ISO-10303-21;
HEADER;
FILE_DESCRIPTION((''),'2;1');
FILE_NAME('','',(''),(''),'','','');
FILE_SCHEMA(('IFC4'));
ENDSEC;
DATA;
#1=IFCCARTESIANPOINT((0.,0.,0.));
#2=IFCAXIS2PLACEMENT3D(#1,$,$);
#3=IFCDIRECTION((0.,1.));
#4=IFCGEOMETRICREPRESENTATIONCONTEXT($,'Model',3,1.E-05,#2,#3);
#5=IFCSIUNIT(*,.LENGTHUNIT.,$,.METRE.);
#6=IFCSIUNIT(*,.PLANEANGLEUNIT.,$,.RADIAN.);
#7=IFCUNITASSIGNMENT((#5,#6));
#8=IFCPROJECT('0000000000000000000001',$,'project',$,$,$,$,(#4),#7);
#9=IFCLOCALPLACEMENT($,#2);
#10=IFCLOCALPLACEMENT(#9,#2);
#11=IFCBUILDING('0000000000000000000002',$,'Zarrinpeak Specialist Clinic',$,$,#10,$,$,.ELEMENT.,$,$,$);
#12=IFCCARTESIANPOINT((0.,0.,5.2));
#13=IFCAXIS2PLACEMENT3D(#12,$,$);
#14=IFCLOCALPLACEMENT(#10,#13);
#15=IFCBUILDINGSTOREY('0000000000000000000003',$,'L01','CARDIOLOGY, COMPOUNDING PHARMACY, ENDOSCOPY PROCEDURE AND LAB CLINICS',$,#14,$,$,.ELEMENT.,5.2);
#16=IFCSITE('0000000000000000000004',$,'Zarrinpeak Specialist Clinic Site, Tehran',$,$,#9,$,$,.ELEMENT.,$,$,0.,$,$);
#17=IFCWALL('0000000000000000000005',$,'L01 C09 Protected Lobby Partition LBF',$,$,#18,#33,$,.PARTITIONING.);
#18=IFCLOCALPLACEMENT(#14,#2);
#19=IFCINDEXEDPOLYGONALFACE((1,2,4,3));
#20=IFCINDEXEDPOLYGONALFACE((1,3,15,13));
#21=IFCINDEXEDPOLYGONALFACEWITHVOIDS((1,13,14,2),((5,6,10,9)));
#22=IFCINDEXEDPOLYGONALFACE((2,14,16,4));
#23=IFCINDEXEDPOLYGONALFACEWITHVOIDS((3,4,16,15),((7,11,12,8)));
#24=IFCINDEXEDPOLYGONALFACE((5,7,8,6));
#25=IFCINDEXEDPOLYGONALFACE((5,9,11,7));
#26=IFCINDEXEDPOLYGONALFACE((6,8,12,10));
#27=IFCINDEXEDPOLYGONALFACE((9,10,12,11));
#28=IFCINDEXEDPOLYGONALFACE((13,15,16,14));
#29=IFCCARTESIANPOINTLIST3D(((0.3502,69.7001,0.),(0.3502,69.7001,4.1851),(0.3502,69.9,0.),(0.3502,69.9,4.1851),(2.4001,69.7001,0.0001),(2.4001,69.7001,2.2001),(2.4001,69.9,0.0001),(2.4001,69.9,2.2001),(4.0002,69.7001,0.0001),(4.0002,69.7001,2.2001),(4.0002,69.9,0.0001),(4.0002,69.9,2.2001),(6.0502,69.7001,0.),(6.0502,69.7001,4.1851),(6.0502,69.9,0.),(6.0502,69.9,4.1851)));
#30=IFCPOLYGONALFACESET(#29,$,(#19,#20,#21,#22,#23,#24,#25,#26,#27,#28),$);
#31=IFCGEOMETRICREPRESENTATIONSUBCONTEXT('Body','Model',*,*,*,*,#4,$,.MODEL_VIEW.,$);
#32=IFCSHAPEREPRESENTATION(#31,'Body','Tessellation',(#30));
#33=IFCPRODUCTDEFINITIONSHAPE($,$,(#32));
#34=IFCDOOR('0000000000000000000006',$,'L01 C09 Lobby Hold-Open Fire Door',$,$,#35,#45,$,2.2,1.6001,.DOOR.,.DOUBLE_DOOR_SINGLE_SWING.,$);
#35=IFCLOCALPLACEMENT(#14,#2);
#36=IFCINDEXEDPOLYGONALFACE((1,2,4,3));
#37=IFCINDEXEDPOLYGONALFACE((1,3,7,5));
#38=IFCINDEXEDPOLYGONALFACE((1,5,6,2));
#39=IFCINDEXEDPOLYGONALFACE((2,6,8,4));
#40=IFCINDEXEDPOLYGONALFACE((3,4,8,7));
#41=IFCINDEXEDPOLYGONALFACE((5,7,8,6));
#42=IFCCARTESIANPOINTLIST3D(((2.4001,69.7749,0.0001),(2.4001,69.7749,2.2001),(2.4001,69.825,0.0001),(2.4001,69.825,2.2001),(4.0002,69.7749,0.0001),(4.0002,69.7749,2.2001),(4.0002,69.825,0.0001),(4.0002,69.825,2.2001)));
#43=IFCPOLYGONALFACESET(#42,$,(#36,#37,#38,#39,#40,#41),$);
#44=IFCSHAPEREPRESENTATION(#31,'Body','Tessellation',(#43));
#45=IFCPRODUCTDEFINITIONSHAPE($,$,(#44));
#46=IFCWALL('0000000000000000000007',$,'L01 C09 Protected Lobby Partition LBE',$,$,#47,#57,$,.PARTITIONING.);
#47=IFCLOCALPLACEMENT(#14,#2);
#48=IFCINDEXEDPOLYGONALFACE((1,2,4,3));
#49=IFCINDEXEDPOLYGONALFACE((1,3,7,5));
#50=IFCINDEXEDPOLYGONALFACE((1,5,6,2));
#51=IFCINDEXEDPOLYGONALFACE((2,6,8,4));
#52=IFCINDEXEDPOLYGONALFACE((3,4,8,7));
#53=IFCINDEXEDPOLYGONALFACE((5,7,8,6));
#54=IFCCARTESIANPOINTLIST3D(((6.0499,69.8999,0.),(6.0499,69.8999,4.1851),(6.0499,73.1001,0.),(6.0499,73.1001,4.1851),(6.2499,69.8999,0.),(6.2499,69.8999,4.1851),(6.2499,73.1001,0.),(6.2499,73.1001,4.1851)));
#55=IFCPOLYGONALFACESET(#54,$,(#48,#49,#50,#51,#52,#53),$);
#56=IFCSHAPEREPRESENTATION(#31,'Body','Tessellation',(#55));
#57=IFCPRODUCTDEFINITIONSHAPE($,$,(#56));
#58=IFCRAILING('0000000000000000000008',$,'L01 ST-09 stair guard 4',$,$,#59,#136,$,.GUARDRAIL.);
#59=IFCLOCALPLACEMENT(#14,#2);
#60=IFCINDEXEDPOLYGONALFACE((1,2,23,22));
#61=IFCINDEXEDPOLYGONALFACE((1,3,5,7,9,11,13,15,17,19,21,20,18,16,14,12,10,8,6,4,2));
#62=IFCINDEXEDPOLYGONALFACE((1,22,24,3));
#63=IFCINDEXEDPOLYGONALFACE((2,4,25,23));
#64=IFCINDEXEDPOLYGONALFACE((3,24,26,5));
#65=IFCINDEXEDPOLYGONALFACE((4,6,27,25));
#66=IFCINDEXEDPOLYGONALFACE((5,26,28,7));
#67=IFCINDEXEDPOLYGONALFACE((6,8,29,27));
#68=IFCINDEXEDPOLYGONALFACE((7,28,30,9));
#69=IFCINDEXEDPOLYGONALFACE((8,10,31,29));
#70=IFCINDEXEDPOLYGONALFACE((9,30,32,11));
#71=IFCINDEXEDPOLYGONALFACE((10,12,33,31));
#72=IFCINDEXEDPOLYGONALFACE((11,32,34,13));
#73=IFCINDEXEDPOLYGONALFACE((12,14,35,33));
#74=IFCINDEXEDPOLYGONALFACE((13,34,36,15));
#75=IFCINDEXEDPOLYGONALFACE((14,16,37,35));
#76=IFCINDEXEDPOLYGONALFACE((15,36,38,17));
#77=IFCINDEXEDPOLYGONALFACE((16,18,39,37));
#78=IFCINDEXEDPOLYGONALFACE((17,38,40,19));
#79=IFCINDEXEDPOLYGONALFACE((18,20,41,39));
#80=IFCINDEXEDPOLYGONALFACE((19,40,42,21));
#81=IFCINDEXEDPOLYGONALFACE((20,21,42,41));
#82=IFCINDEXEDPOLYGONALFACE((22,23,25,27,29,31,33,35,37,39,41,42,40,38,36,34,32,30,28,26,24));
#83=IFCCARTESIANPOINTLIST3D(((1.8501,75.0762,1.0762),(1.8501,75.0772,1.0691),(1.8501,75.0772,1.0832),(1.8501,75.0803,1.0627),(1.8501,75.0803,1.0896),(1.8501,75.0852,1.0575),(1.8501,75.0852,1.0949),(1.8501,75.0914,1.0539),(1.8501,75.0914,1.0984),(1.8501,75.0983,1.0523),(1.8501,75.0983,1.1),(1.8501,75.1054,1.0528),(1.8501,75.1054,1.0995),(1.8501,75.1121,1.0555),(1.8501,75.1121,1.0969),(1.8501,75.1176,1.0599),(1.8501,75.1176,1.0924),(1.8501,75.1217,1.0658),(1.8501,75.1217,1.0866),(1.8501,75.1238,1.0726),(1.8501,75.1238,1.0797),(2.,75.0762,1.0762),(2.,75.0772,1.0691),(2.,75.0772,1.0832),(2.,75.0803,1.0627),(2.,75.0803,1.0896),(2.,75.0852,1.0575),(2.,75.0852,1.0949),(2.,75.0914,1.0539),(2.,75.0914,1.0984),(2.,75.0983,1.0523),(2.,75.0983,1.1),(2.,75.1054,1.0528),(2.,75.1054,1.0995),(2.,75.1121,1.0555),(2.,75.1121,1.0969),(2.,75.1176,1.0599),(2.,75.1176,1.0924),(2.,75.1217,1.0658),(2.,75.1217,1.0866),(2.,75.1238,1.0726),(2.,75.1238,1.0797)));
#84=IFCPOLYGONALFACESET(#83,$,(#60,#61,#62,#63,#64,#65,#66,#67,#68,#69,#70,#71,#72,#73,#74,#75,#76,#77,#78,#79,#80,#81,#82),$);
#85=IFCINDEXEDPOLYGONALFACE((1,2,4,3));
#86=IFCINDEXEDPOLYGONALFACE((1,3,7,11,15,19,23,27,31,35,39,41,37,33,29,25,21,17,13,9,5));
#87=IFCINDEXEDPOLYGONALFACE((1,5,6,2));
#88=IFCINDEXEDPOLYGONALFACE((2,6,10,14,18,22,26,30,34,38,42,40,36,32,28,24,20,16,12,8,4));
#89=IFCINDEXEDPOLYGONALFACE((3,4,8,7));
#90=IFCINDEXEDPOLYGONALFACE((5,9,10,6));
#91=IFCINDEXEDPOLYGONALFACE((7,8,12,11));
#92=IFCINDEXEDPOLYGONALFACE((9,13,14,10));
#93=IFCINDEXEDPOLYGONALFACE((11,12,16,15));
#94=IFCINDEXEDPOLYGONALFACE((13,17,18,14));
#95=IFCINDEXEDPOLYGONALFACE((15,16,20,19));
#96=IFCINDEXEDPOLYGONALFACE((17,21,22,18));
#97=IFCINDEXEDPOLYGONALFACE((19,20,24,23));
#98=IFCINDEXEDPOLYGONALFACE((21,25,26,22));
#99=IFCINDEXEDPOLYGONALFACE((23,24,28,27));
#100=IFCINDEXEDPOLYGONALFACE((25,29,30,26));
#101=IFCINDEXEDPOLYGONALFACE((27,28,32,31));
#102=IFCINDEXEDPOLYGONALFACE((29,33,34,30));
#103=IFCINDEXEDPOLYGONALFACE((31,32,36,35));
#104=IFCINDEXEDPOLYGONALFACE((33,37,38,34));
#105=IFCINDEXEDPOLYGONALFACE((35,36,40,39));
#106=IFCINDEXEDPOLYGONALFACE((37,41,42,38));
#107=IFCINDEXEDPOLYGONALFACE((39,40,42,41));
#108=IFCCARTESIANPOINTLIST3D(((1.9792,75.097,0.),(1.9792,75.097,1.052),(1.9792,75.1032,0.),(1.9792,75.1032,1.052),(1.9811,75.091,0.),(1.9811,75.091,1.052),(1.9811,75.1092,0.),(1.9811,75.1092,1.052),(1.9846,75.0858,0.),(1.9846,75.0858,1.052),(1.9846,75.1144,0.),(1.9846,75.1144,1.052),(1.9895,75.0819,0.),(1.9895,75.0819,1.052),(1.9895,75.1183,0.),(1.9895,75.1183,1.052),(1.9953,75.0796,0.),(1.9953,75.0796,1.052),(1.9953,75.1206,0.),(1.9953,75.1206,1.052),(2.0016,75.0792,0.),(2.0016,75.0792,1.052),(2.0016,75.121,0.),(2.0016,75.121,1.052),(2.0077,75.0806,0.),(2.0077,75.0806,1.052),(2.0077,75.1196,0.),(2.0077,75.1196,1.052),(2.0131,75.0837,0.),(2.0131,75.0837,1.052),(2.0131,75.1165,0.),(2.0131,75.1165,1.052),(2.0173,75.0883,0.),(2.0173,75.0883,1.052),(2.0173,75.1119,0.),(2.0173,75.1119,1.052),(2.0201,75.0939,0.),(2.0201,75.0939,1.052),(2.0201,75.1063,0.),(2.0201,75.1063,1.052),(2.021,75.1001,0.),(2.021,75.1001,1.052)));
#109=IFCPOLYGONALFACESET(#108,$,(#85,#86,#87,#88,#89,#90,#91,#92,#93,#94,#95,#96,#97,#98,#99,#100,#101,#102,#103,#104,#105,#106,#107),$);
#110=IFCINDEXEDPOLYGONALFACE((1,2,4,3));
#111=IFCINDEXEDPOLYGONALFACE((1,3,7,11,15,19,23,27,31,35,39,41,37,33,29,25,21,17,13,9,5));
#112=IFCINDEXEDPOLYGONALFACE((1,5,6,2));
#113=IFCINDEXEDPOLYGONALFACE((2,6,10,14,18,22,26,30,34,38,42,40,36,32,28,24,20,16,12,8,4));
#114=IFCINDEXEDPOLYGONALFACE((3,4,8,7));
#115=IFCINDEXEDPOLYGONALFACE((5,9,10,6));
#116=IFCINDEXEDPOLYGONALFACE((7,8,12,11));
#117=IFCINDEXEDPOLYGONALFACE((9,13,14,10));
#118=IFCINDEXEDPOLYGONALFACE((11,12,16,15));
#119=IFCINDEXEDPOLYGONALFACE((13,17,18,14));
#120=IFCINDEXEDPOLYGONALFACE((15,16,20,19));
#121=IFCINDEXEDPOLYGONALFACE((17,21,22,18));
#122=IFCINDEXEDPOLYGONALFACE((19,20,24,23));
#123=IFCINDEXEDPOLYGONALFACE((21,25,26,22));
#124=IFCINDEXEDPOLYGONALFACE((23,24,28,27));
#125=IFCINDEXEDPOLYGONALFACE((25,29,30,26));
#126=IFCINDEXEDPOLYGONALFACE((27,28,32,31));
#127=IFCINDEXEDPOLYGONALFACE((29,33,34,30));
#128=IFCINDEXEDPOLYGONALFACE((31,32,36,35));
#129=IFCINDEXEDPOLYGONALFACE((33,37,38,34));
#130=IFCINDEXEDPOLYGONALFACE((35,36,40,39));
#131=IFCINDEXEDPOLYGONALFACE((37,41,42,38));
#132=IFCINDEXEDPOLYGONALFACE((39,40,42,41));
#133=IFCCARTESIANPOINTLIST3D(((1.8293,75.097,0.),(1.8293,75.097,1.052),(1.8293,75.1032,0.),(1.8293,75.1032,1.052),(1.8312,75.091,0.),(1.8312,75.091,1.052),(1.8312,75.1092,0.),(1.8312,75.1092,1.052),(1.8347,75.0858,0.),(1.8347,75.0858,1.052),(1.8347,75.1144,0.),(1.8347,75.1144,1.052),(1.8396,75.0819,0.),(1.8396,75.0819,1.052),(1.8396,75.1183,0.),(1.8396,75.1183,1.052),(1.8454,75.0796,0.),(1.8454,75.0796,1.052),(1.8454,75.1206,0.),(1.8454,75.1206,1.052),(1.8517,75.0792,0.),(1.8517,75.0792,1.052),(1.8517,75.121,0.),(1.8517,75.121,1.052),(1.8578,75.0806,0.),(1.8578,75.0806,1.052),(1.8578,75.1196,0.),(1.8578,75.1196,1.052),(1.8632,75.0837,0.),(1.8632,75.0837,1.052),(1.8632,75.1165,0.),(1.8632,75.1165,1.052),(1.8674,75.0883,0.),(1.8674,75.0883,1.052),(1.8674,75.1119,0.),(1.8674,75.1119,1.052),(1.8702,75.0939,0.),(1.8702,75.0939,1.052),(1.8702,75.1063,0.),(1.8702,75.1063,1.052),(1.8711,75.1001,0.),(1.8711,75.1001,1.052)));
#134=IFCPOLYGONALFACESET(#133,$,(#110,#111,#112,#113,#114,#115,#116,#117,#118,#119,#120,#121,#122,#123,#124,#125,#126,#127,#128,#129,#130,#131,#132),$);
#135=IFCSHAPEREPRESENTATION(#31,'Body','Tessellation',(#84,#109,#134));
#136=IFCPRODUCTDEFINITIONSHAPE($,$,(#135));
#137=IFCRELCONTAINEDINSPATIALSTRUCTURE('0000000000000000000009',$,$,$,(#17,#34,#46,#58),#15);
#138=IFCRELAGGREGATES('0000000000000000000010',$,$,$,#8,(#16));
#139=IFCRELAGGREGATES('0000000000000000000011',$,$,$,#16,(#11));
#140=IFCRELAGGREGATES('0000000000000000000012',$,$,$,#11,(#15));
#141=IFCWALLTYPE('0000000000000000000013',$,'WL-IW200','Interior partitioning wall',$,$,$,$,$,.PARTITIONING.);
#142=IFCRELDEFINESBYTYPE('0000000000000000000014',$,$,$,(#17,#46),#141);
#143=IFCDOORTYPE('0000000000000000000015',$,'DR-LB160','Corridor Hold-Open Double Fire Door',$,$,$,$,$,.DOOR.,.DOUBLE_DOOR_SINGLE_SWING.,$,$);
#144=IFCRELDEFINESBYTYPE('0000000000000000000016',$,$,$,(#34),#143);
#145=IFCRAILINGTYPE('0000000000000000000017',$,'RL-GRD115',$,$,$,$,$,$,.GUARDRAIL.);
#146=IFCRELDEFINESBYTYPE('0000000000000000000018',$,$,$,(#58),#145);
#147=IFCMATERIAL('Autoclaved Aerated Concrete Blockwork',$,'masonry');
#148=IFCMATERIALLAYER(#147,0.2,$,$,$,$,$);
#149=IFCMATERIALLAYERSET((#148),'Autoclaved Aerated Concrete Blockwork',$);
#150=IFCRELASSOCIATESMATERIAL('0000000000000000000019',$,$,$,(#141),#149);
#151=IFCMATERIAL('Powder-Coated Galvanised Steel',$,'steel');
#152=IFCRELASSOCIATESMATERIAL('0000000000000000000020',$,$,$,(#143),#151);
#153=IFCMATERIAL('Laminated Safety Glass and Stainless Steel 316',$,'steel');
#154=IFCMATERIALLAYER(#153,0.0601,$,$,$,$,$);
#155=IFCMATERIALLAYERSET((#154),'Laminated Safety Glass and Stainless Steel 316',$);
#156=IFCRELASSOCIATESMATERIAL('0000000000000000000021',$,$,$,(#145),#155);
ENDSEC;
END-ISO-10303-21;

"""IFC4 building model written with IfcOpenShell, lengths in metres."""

from ifc_helpers import new_model, si_unit, direction, frame, frame_2d, origin, origin_2d, place, context, subcontext, project, spatial, rectangle, circle, extrude, material, layer, layer_set, type_object, element, fill, save


model = new_model("IFC4")

# Units and contexts
model_context = context("Model", 3, precision=1e-05, world=origin(), true_north=direction((0.0, 1.0)))
body_context = subcontext(model_context, "Body", "Model", "MODEL_VIEW")
ifc_project = project(units=[si_unit("LENGTHUNIT", "METRE"), si_unit("PLANEANGLEUNIT", "RADIAN")], contexts=[model_context])

# Site, building, storey
site_placement = place(None, origin())
site = spatial("IfcSite", under=ifc_project, at=site_placement, Name="Zarrinpeak Specialist Clinic Site, Tehran", CompositionType="ELEMENT", RefElevation=0.0)
building_placement = place(site_placement, origin())
building = spatial("IfcBuilding", under=site, at=building_placement, Name="Zarrinpeak Specialist Clinic", CompositionType="ELEMENT")
storey_placement = place(building_placement, frame((0.0, 0.0, 5.2)))
storey = spatial("IfcBuildingStorey", under=building, at=storey_placement, Name="L01", Description="CARDIOLOGY, COMPOUNDING PHARMACY, ENDOSCOPY PROCEDURE AND LAB CLINICS", CompositionType="ELEMENT", Elevation=5.2)

# Shared definitions
ifc_material_1 = material(Name="Powder-Coated Galvanised Steel", Category="steel")

# Wall, opening, door
ifc_material_2 = material(Name="Autoclaved Aerated Concrete Blockwork", Category="masonry")
ifc_layer_1 = layer(ifc_material_2, 0.2)
ifc_layer_set_1 = layer_set([ifc_layer_1], Name="Autoclaved Aerated Concrete Blockwork")
wall_type_1 = type_object("IfcWallType", Name="WL-IW200", Description="Interior partitioning wall", PredefinedType="PARTITIONING", material=ifc_layer_set_1)
wall_1_placement = place(storey_placement, frame((0.3501, 69.8, 0.0), z_axis=(0.0, 0.0, 1.0), x_axis=(1.0, 0.0, 0.0)))
wall_1 = element("IfcWall", 1, at=wall_1_placement, inside=storey, type_object=wall_type_1, Name="L01 C09 Protected Lobby Partition LBF", PredefinedType="PARTITIONING", context=body_context, shape_type="SweptSolid", body=[
    extrude(rectangle(XDim=5.7, YDim=0.2, at=frame_2d((2.8501, 0.0))), origin(), (0.0, 0.0, 1.0), 4.1851),
])
opening_1_placement = place(wall_1_placement, frame((2.05, 0.0, 0.0)))
opening_1 = element("IfcOpeningElement", 2, at=opening_1_placement, cuts=wall_1, PredefinedType="OPENING", context=body_context, shape_type="SweptSolid", body=[
    extrude(rectangle(XDim=1.6001, YDim=2.2, at=frame_2d((0.8, 1.1001))), frame((0.0, 0.1099, 0.0), z_axis=(0.0, -1.0, 0.0), x_axis=(1.0, 0.0, 0.0)), (0.0, 0.0, 1.0), 0.22),
])
door_type_1 = type_object("IfcDoorType", Name="DR-LB160", Description="Corridor Hold-Open Double Fire Door", OperationType="DOUBLE_DOOR_SINGLE_SWING", PredefinedType="DOOR", material=ifc_material_1)
door_1_placement = place(opening_1_placement, origin())
door_1 = element("IfcDoor", 3, at=door_1_placement, inside=storey, type_object=door_type_1, Name="L01 C09 Lobby Hold-Open Fire Door", OperationType="DOUBLE_DOOR_SINGLE_SWING", OverallHeight=2.2, OverallWidth=1.6001, PredefinedType="DOOR", context=body_context, shape_type="SweptSolid", body=[
    extrude(rectangle(XDim=1.6001, YDim=2.2, at=frame_2d((0.8, 1.1001))), frame((0.0, 0.0249, 0.0), z_axis=(0.0, -1.0, 0.0), x_axis=(1.0, 0.0, 0.0)), (0.0, 0.0, 1.0), 0.05),
])
fill(opening_1, door_1)

# Wall
wall_2_placement = place(storey_placement, frame((6.1499, 69.8999, 0.0), z_axis=(0.0, 0.0, 1.0), x_axis=(0.0, 1.0, 0.0)))
element("IfcWall", 4, at=wall_2_placement, inside=storey, type_object=wall_type_1, Name="L01 C09 Protected Lobby Partition LBE", PredefinedType="PARTITIONING", context=body_context, shape_type="SweptSolid", body=[
    extrude(rectangle(XDim=3.2002, YDim=0.2, at=frame_2d((1.6001, 0.0))), origin(), (0.0, 0.0, 1.0), 4.1851),
])

# Railing
ifc_material_3 = material(Name="Laminated Safety Glass and Stainless Steel 316", Category="steel")
ifc_layer_2 = layer(ifc_material_3, 0.0601)
ifc_layer_set_2 = layer_set([ifc_layer_2], Name="Laminated Safety Glass and Stainless Steel 316")
railing_type = type_object("IfcRailingType", Name="RL-GRD115", PredefinedType="GUARDRAIL", material=ifc_layer_set_2)
railing_placement = place(storey_placement, frame((2.0, 75.1001, 0.0)))
element("IfcRailing", 5, at=railing_placement, inside=storey, type_object=railing_type, Name="L01 ST-09 stair guard 4", PredefinedType="GUARDRAIL", context=body_context, shape_type="SweptSolid", body=[
    extrude(circle(Radius=0.0239, at=origin_2d()), frame((0.0, 0.0, 1.0762), z_axis=(-1.0, 0.0, 0.0), x_axis=(0.0, -1.0, 0.0)), (0.0, 0.0, 1.0), 0.1499),
    extrude(circle(Radius=0.021, at=origin_2d()), origin(), (0.0, 0.0, 1.0), 1.052),
    extrude(circle(Radius=0.021, at=origin_2d()), frame((-0.1499, 0.0, 0.0)), (0.0, 0.0, 1.0), 1.052),
])

save(model, "model.ifc")
